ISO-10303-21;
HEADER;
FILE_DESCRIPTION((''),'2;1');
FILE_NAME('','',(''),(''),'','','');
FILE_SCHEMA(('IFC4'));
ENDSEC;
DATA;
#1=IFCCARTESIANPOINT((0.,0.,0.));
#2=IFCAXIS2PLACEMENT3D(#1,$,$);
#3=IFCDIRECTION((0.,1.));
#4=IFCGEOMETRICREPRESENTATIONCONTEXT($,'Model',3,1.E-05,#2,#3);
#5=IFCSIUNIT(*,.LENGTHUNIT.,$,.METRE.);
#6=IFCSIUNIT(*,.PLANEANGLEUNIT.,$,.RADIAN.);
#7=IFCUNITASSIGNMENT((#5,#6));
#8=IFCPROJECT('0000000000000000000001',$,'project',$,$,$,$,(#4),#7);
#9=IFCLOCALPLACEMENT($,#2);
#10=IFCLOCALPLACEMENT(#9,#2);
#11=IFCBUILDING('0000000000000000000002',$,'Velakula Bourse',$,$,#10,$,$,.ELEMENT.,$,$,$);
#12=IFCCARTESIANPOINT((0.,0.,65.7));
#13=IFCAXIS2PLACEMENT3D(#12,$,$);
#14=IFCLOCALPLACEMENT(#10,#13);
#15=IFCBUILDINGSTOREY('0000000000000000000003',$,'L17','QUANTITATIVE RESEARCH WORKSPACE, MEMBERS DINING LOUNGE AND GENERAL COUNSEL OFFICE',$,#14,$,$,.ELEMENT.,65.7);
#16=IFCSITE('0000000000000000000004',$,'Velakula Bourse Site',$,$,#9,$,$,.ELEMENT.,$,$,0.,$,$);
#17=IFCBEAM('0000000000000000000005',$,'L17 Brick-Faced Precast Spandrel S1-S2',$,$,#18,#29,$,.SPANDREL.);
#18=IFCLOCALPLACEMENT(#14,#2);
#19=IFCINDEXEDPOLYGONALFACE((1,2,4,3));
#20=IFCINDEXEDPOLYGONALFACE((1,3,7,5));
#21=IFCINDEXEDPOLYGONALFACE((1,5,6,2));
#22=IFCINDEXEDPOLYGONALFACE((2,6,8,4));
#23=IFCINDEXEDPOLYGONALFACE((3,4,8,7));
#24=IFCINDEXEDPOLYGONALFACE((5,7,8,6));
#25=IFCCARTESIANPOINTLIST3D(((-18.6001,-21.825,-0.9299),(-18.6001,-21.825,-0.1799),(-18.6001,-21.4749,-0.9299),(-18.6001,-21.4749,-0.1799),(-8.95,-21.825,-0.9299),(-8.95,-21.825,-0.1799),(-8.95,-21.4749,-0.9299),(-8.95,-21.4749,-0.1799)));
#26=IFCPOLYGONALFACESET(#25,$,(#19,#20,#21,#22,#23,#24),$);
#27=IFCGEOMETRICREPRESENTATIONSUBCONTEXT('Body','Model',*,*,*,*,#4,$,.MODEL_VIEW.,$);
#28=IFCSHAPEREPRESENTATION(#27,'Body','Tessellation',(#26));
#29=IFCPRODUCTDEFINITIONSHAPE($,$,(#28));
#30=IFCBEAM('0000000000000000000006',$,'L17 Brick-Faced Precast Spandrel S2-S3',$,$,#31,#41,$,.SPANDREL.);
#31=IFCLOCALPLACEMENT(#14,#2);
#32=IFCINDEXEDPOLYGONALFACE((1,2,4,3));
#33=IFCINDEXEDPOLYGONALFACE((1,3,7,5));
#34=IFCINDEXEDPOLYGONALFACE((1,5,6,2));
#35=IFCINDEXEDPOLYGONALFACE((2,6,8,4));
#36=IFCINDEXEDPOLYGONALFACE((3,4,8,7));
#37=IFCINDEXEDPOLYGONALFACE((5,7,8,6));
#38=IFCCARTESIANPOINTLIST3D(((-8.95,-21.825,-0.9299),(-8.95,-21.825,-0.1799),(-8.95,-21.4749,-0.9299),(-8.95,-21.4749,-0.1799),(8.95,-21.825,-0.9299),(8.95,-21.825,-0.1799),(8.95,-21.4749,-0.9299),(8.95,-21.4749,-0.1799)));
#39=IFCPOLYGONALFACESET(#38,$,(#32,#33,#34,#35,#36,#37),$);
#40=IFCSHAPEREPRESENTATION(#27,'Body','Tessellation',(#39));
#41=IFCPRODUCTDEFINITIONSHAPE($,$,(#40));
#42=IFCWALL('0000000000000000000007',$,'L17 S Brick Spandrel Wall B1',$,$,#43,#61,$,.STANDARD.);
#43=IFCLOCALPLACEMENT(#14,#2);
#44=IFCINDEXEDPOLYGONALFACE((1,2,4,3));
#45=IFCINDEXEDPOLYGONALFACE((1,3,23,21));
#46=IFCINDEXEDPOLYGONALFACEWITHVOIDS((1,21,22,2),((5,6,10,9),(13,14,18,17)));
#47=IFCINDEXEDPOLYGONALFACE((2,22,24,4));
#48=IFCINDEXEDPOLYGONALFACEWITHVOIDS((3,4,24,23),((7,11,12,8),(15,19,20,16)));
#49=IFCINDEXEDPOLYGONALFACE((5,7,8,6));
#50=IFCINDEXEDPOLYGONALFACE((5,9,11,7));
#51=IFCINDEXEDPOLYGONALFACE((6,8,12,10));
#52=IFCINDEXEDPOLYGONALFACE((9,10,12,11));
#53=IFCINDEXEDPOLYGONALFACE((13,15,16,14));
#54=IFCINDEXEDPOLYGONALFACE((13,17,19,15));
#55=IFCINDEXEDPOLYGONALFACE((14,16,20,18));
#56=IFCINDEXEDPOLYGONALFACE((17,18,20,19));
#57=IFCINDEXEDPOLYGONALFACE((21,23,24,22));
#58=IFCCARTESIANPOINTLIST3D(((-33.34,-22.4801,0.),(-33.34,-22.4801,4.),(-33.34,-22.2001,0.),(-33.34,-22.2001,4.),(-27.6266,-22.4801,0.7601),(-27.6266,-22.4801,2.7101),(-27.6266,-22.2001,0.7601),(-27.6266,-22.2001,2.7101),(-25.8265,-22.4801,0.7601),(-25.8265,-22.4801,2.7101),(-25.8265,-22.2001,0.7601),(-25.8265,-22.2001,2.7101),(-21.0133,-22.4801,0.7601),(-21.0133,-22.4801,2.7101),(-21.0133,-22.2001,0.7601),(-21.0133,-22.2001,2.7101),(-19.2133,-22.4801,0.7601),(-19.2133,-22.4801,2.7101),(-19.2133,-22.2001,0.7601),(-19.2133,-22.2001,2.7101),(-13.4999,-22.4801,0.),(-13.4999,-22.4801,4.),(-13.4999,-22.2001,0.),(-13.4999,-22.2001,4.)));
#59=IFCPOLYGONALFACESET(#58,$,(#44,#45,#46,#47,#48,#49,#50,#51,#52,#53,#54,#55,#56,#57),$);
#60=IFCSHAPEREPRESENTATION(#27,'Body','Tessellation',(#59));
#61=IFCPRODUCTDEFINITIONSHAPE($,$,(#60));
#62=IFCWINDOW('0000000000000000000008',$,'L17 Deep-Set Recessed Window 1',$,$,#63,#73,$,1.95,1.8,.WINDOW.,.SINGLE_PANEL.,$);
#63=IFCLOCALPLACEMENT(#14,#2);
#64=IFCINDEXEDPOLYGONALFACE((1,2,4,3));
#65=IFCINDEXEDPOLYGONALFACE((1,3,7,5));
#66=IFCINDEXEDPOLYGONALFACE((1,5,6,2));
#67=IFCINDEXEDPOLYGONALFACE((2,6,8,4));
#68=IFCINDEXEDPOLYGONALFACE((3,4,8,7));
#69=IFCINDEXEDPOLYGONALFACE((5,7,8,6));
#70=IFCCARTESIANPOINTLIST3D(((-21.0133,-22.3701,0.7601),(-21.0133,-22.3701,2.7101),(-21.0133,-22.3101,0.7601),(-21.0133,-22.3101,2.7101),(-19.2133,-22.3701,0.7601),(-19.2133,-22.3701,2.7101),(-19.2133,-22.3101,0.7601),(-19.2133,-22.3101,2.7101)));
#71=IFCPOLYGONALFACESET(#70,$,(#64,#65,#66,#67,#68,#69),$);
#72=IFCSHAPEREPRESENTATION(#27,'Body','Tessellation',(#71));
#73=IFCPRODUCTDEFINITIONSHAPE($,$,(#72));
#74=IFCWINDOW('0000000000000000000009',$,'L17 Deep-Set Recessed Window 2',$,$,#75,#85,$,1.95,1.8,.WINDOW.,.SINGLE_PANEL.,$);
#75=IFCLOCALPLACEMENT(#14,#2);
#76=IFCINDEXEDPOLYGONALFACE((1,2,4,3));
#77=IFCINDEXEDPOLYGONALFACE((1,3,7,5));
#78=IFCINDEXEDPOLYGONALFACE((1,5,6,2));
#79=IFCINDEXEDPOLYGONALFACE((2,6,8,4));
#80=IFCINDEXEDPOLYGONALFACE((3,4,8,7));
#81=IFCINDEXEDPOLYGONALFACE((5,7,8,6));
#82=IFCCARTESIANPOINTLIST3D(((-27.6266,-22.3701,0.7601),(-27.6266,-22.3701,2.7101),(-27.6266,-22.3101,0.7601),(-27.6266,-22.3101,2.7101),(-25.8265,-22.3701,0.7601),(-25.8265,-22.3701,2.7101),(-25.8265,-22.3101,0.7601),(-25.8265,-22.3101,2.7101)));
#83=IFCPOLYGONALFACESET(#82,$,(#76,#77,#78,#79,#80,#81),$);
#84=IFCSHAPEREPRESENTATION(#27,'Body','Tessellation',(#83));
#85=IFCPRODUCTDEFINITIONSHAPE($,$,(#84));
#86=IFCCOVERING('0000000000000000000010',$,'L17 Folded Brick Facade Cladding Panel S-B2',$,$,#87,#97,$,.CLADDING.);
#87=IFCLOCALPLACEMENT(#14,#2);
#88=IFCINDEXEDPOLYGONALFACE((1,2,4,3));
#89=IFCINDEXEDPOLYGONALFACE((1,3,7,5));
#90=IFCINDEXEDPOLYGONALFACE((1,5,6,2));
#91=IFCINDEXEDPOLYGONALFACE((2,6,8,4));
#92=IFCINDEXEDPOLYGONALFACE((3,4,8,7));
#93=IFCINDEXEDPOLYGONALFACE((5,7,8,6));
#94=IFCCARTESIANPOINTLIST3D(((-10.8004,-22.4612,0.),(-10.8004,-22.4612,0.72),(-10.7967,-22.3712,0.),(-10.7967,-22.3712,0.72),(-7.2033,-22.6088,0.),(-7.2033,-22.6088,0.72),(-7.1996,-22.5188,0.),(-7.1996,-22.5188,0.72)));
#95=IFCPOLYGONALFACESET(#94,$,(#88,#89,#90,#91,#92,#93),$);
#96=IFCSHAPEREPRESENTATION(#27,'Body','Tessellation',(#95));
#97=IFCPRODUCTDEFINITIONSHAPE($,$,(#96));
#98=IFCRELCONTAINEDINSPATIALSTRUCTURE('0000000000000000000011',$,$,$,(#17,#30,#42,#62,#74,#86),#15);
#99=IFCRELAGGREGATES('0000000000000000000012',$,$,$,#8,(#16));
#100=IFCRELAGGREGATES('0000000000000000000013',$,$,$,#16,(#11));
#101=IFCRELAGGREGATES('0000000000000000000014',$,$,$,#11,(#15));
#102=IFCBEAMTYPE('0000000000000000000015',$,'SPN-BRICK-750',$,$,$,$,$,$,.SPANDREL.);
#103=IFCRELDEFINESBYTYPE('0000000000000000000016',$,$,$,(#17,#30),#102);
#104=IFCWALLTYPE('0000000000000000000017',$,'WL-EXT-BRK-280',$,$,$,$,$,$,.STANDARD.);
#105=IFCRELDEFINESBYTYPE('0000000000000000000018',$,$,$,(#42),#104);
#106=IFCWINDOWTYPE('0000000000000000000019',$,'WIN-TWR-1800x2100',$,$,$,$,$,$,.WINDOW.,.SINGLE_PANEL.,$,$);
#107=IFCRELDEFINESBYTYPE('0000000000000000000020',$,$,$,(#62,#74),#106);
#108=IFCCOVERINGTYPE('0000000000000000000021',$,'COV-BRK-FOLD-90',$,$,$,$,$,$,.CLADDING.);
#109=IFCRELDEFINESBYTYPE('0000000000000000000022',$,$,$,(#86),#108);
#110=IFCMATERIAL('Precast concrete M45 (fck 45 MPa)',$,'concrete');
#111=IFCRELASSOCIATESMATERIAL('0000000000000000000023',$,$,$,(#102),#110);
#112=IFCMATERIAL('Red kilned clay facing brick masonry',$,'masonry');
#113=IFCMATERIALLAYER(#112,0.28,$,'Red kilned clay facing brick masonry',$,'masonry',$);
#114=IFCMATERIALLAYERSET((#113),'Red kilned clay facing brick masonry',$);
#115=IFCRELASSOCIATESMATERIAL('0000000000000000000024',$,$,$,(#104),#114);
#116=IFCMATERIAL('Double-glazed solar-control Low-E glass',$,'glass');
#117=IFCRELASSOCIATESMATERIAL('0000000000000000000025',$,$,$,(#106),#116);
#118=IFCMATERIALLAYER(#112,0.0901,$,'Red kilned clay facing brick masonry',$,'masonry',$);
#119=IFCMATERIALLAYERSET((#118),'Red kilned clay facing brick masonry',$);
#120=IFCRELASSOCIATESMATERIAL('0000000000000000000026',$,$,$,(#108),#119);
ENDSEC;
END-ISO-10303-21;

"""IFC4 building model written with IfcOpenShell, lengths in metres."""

from ifc_helpers import new_model, si_unit, direction, frame, frame_2d, origin, origin_2d, place, context, subcontext, project, spatial, rectangle, extrude, material, layer, layer_set, material_profile, profile_set, type_object, element, fill, save


model = new_model("IFC4")

# Units and contexts
model_context = context("Model", 3, precision=1e-05, world=origin(), true_north=direction((0.0, 1.0)))
body_context = subcontext(model_context, "Body", "Model", "MODEL_VIEW")
ifc_project = project(units=[si_unit("LENGTHUNIT", "METRE"), si_unit("PLANEANGLEUNIT", "RADIAN")], contexts=[model_context])

# Site, building, storey
site_placement = place(None, origin())
site = spatial("IfcSite", under=ifc_project, at=site_placement, Name="Velakula Bourse Site", CompositionType="ELEMENT", RefElevation=0.0)
building_placement = place(site_placement, origin())
building = spatial("IfcBuilding", under=site, at=building_placement, Name="Velakula Bourse", CompositionType="ELEMENT")
storey_placement = place(building_placement, frame((0.0, 0.0, 65.7)))
storey = spatial("IfcBuildingStorey", under=building, at=storey_placement, Name="L17", Description="QUANTITATIVE RESEARCH WORKSPACE, MEMBERS DINING LOUNGE AND GENERAL COUNSEL OFFICE", CompositionType="ELEMENT", Elevation=65.7)

# Beams
ifc_material_1 = material(Name="Precast concrete M45 (fck 45 MPa)", Category="concrete")
ifc_material_profile_1 = material_profile(ifc_material_1, rectangle(XDim=0.3501, YDim=0.75, at=origin_2d()), Name="Precast concrete M45 (fck 45 MPa)")
ifc_profile_set_1 = profile_set([ifc_material_profile_1], Name="Precast concrete M45 (fck 45 MPa)")
beam_type_1 = type_object("IfcBeamType", Name="SPN-BRICK-750", PredefinedType="SPANDREL", material=ifc_profile_set_1)
beam_1_placement = place(storey_placement, frame((-18.6001, -21.6499, -0.5549), z_axis=(1.0, 0.0, 0.0), x_axis=(0.0, 1.0, 0.0)))
element("IfcBeam", 1, at=beam_1_placement, inside=storey, type_object=beam_type_1, Name="L17 Brick-Faced Precast Spandrel S1-S2", PredefinedType="SPANDREL", context=body_context, shape_type="SweptSolid", body=[
    extrude(rectangle(XDim=0.3501, YDim=0.75, at=origin_2d()), origin(), (0.0, 0.0, 1.0), 9.6501),
])
beam_2_placement = place(storey_placement, frame((-8.95, -21.6499, -0.5549), z_axis=(1.0, 0.0, 0.0), x_axis=(0.0, 1.0, 0.0)))
element("IfcBeam", 2, at=beam_2_placement, inside=storey, type_object=beam_type_1, Name="L17 Brick-Faced Precast Spandrel S2-S3", PredefinedType="SPANDREL", context=body_context, shape_type="SweptSolid", body=[
    extrude(rectangle(XDim=0.3501, YDim=0.75, at=origin_2d()), origin(), (0.0, 0.0, 1.0), 17.8999),
])

# Wall, openings, windows
ifc_material_2 = material(Name="Red kilned clay facing brick masonry", Category="masonry")
ifc_layer_1 = layer(ifc_material_2, 0.28, Name="Red kilned clay facing brick masonry", Category="masonry")
ifc_layer_set_1 = layer_set([ifc_layer_1], Name="Red kilned clay facing brick masonry")
wall_type = type_object("IfcWallType", Name="WL-EXT-BRK-280", PredefinedType="STANDARD", material=ifc_layer_set_1)
wall_placement = place(storey_placement, frame((-13.5, -22.3401, 0.0), z_axis=(0.0, 0.0, 1.0), x_axis=(-1.0, 0.0, 0.0)))
wall = element("IfcWall", 3, at=wall_placement, inside=storey, type_object=wall_type, Name="L17 S Brick Spandrel Wall B1", PredefinedType="STANDARD", context=body_context, shape_type="SweptSolid", body=[
    extrude(rectangle(XDim=19.8401, YDim=0.28, at=frame_2d((9.9199, 0.0))), origin(), (0.0, 0.0, 1.0), 4.0),
])
opening_1_placement = place(wall_placement, frame((5.7134, 0.0, 0.76)))
opening_1 = element("IfcOpeningElement", 4, at=opening_1_placement, cuts=wall, PredefinedType="OPENING", context=body_context, shape_type="SweptSolid", body=[
    extrude(rectangle(XDim=1.8, YDim=1.95, at=frame_2d((0.8999, 0.9751))), frame((0.0, 0.1499, 0.0), z_axis=(0.0, -1.0, 0.0), x_axis=(1.0, 0.0, 0.0)), (0.0, 0.0, 1.0), 0.3),
])
opening_2_placement = place(wall_placement, frame((12.3267, 0.0, 0.76)))
opening_2 = element("IfcOpeningElement", 5, at=opening_2_placement, cuts=wall, PredefinedType="OPENING", context=body_context, shape_type="SweptSolid", body=[
    extrude(rectangle(XDim=1.8, YDim=1.95, at=frame_2d((0.8999, 0.9751))), frame((0.0, 0.1499, 0.0), z_axis=(0.0, -1.0, 0.0), x_axis=(1.0, 0.0, 0.0)), (0.0, 0.0, 1.0), 0.3),
])
ifc_material_3 = material(Name="Double-glazed solar-control Low-E glass", Category="glass")
window_type = type_object("IfcWindowType", Name="WIN-TWR-1800x2100", PartitioningType="SINGLE_PANEL", PredefinedType="WINDOW", material=ifc_material_3)
window_1_placement = place(opening_1_placement, origin())
window_1 = element("IfcWindow", 6, at=window_1_placement, inside=storey, type_object=window_type, Name="L17 Deep-Set Recessed Window 1", OverallHeight=1.95, OverallWidth=1.8, PartitioningType="SINGLE_PANEL", PredefinedType="WINDOW", context=body_context, shape_type="SweptSolid", body=[
    extrude(rectangle(XDim=1.8, YDim=1.95, at=frame_2d((0.8999, 0.9751))), frame((0.0, 0.03, 0.0), z_axis=(0.0, -1.0, 0.0), x_axis=(1.0, 0.0, 0.0)), (0.0, 0.0, 1.0), 0.0601),
])
fill(opening_1, window_1)
window_2_placement = place(opening_2_placement, origin())
window_2 = element("IfcWindow", 7, at=window_2_placement, inside=storey, type_object=window_type, Name="L17 Deep-Set Recessed Window 2", OverallHeight=1.95, OverallWidth=1.8, PartitioningType="SINGLE_PANEL", PredefinedType="WINDOW", context=body_context, shape_type="SweptSolid", body=[
    extrude(rectangle(XDim=1.8, YDim=1.95, at=frame_2d((0.8999, 0.9751))), frame((0.0, 0.03, 0.0), z_axis=(0.0, -1.0, 0.0), x_axis=(1.0, 0.0, 0.0)), (0.0, 0.0, 1.0), 0.0601),
])
fill(opening_2, window_2)

# Covering
ifc_layer_2 = layer(ifc_material_2, 0.0901, Name="Red kilned clay facing brick masonry", Category="masonry")
ifc_layer_set_2 = layer_set([ifc_layer_2], Name="Red kilned clay facing brick masonry")
covering_type = type_object("IfcCoveringType", Name="COV-BRK-FOLD-90", PredefinedType="CLADDING", material=ifc_layer_set_2)
covering_placement = place(storey_placement, frame((-9.0, -22.49, 0.0), z_axis=(0.0, 0.0, 1.0), x_axis=(0.999159, -0.041004, 0.0)))
element("IfcCovering", 8, at=covering_placement, inside=storey, type_object=covering_type, Name="L17 Folded Brick Facade Cladding Panel S-B2", PredefinedType="CLADDING", context=body_context, shape_type="SweptSolid", body=[
    extrude(rectangle(XDim=3.6001, YDim=0.0901, at=origin_2d()), origin(), (0.0, 0.0, 1.0), 0.72),
])

save(model, "model.ifc")
